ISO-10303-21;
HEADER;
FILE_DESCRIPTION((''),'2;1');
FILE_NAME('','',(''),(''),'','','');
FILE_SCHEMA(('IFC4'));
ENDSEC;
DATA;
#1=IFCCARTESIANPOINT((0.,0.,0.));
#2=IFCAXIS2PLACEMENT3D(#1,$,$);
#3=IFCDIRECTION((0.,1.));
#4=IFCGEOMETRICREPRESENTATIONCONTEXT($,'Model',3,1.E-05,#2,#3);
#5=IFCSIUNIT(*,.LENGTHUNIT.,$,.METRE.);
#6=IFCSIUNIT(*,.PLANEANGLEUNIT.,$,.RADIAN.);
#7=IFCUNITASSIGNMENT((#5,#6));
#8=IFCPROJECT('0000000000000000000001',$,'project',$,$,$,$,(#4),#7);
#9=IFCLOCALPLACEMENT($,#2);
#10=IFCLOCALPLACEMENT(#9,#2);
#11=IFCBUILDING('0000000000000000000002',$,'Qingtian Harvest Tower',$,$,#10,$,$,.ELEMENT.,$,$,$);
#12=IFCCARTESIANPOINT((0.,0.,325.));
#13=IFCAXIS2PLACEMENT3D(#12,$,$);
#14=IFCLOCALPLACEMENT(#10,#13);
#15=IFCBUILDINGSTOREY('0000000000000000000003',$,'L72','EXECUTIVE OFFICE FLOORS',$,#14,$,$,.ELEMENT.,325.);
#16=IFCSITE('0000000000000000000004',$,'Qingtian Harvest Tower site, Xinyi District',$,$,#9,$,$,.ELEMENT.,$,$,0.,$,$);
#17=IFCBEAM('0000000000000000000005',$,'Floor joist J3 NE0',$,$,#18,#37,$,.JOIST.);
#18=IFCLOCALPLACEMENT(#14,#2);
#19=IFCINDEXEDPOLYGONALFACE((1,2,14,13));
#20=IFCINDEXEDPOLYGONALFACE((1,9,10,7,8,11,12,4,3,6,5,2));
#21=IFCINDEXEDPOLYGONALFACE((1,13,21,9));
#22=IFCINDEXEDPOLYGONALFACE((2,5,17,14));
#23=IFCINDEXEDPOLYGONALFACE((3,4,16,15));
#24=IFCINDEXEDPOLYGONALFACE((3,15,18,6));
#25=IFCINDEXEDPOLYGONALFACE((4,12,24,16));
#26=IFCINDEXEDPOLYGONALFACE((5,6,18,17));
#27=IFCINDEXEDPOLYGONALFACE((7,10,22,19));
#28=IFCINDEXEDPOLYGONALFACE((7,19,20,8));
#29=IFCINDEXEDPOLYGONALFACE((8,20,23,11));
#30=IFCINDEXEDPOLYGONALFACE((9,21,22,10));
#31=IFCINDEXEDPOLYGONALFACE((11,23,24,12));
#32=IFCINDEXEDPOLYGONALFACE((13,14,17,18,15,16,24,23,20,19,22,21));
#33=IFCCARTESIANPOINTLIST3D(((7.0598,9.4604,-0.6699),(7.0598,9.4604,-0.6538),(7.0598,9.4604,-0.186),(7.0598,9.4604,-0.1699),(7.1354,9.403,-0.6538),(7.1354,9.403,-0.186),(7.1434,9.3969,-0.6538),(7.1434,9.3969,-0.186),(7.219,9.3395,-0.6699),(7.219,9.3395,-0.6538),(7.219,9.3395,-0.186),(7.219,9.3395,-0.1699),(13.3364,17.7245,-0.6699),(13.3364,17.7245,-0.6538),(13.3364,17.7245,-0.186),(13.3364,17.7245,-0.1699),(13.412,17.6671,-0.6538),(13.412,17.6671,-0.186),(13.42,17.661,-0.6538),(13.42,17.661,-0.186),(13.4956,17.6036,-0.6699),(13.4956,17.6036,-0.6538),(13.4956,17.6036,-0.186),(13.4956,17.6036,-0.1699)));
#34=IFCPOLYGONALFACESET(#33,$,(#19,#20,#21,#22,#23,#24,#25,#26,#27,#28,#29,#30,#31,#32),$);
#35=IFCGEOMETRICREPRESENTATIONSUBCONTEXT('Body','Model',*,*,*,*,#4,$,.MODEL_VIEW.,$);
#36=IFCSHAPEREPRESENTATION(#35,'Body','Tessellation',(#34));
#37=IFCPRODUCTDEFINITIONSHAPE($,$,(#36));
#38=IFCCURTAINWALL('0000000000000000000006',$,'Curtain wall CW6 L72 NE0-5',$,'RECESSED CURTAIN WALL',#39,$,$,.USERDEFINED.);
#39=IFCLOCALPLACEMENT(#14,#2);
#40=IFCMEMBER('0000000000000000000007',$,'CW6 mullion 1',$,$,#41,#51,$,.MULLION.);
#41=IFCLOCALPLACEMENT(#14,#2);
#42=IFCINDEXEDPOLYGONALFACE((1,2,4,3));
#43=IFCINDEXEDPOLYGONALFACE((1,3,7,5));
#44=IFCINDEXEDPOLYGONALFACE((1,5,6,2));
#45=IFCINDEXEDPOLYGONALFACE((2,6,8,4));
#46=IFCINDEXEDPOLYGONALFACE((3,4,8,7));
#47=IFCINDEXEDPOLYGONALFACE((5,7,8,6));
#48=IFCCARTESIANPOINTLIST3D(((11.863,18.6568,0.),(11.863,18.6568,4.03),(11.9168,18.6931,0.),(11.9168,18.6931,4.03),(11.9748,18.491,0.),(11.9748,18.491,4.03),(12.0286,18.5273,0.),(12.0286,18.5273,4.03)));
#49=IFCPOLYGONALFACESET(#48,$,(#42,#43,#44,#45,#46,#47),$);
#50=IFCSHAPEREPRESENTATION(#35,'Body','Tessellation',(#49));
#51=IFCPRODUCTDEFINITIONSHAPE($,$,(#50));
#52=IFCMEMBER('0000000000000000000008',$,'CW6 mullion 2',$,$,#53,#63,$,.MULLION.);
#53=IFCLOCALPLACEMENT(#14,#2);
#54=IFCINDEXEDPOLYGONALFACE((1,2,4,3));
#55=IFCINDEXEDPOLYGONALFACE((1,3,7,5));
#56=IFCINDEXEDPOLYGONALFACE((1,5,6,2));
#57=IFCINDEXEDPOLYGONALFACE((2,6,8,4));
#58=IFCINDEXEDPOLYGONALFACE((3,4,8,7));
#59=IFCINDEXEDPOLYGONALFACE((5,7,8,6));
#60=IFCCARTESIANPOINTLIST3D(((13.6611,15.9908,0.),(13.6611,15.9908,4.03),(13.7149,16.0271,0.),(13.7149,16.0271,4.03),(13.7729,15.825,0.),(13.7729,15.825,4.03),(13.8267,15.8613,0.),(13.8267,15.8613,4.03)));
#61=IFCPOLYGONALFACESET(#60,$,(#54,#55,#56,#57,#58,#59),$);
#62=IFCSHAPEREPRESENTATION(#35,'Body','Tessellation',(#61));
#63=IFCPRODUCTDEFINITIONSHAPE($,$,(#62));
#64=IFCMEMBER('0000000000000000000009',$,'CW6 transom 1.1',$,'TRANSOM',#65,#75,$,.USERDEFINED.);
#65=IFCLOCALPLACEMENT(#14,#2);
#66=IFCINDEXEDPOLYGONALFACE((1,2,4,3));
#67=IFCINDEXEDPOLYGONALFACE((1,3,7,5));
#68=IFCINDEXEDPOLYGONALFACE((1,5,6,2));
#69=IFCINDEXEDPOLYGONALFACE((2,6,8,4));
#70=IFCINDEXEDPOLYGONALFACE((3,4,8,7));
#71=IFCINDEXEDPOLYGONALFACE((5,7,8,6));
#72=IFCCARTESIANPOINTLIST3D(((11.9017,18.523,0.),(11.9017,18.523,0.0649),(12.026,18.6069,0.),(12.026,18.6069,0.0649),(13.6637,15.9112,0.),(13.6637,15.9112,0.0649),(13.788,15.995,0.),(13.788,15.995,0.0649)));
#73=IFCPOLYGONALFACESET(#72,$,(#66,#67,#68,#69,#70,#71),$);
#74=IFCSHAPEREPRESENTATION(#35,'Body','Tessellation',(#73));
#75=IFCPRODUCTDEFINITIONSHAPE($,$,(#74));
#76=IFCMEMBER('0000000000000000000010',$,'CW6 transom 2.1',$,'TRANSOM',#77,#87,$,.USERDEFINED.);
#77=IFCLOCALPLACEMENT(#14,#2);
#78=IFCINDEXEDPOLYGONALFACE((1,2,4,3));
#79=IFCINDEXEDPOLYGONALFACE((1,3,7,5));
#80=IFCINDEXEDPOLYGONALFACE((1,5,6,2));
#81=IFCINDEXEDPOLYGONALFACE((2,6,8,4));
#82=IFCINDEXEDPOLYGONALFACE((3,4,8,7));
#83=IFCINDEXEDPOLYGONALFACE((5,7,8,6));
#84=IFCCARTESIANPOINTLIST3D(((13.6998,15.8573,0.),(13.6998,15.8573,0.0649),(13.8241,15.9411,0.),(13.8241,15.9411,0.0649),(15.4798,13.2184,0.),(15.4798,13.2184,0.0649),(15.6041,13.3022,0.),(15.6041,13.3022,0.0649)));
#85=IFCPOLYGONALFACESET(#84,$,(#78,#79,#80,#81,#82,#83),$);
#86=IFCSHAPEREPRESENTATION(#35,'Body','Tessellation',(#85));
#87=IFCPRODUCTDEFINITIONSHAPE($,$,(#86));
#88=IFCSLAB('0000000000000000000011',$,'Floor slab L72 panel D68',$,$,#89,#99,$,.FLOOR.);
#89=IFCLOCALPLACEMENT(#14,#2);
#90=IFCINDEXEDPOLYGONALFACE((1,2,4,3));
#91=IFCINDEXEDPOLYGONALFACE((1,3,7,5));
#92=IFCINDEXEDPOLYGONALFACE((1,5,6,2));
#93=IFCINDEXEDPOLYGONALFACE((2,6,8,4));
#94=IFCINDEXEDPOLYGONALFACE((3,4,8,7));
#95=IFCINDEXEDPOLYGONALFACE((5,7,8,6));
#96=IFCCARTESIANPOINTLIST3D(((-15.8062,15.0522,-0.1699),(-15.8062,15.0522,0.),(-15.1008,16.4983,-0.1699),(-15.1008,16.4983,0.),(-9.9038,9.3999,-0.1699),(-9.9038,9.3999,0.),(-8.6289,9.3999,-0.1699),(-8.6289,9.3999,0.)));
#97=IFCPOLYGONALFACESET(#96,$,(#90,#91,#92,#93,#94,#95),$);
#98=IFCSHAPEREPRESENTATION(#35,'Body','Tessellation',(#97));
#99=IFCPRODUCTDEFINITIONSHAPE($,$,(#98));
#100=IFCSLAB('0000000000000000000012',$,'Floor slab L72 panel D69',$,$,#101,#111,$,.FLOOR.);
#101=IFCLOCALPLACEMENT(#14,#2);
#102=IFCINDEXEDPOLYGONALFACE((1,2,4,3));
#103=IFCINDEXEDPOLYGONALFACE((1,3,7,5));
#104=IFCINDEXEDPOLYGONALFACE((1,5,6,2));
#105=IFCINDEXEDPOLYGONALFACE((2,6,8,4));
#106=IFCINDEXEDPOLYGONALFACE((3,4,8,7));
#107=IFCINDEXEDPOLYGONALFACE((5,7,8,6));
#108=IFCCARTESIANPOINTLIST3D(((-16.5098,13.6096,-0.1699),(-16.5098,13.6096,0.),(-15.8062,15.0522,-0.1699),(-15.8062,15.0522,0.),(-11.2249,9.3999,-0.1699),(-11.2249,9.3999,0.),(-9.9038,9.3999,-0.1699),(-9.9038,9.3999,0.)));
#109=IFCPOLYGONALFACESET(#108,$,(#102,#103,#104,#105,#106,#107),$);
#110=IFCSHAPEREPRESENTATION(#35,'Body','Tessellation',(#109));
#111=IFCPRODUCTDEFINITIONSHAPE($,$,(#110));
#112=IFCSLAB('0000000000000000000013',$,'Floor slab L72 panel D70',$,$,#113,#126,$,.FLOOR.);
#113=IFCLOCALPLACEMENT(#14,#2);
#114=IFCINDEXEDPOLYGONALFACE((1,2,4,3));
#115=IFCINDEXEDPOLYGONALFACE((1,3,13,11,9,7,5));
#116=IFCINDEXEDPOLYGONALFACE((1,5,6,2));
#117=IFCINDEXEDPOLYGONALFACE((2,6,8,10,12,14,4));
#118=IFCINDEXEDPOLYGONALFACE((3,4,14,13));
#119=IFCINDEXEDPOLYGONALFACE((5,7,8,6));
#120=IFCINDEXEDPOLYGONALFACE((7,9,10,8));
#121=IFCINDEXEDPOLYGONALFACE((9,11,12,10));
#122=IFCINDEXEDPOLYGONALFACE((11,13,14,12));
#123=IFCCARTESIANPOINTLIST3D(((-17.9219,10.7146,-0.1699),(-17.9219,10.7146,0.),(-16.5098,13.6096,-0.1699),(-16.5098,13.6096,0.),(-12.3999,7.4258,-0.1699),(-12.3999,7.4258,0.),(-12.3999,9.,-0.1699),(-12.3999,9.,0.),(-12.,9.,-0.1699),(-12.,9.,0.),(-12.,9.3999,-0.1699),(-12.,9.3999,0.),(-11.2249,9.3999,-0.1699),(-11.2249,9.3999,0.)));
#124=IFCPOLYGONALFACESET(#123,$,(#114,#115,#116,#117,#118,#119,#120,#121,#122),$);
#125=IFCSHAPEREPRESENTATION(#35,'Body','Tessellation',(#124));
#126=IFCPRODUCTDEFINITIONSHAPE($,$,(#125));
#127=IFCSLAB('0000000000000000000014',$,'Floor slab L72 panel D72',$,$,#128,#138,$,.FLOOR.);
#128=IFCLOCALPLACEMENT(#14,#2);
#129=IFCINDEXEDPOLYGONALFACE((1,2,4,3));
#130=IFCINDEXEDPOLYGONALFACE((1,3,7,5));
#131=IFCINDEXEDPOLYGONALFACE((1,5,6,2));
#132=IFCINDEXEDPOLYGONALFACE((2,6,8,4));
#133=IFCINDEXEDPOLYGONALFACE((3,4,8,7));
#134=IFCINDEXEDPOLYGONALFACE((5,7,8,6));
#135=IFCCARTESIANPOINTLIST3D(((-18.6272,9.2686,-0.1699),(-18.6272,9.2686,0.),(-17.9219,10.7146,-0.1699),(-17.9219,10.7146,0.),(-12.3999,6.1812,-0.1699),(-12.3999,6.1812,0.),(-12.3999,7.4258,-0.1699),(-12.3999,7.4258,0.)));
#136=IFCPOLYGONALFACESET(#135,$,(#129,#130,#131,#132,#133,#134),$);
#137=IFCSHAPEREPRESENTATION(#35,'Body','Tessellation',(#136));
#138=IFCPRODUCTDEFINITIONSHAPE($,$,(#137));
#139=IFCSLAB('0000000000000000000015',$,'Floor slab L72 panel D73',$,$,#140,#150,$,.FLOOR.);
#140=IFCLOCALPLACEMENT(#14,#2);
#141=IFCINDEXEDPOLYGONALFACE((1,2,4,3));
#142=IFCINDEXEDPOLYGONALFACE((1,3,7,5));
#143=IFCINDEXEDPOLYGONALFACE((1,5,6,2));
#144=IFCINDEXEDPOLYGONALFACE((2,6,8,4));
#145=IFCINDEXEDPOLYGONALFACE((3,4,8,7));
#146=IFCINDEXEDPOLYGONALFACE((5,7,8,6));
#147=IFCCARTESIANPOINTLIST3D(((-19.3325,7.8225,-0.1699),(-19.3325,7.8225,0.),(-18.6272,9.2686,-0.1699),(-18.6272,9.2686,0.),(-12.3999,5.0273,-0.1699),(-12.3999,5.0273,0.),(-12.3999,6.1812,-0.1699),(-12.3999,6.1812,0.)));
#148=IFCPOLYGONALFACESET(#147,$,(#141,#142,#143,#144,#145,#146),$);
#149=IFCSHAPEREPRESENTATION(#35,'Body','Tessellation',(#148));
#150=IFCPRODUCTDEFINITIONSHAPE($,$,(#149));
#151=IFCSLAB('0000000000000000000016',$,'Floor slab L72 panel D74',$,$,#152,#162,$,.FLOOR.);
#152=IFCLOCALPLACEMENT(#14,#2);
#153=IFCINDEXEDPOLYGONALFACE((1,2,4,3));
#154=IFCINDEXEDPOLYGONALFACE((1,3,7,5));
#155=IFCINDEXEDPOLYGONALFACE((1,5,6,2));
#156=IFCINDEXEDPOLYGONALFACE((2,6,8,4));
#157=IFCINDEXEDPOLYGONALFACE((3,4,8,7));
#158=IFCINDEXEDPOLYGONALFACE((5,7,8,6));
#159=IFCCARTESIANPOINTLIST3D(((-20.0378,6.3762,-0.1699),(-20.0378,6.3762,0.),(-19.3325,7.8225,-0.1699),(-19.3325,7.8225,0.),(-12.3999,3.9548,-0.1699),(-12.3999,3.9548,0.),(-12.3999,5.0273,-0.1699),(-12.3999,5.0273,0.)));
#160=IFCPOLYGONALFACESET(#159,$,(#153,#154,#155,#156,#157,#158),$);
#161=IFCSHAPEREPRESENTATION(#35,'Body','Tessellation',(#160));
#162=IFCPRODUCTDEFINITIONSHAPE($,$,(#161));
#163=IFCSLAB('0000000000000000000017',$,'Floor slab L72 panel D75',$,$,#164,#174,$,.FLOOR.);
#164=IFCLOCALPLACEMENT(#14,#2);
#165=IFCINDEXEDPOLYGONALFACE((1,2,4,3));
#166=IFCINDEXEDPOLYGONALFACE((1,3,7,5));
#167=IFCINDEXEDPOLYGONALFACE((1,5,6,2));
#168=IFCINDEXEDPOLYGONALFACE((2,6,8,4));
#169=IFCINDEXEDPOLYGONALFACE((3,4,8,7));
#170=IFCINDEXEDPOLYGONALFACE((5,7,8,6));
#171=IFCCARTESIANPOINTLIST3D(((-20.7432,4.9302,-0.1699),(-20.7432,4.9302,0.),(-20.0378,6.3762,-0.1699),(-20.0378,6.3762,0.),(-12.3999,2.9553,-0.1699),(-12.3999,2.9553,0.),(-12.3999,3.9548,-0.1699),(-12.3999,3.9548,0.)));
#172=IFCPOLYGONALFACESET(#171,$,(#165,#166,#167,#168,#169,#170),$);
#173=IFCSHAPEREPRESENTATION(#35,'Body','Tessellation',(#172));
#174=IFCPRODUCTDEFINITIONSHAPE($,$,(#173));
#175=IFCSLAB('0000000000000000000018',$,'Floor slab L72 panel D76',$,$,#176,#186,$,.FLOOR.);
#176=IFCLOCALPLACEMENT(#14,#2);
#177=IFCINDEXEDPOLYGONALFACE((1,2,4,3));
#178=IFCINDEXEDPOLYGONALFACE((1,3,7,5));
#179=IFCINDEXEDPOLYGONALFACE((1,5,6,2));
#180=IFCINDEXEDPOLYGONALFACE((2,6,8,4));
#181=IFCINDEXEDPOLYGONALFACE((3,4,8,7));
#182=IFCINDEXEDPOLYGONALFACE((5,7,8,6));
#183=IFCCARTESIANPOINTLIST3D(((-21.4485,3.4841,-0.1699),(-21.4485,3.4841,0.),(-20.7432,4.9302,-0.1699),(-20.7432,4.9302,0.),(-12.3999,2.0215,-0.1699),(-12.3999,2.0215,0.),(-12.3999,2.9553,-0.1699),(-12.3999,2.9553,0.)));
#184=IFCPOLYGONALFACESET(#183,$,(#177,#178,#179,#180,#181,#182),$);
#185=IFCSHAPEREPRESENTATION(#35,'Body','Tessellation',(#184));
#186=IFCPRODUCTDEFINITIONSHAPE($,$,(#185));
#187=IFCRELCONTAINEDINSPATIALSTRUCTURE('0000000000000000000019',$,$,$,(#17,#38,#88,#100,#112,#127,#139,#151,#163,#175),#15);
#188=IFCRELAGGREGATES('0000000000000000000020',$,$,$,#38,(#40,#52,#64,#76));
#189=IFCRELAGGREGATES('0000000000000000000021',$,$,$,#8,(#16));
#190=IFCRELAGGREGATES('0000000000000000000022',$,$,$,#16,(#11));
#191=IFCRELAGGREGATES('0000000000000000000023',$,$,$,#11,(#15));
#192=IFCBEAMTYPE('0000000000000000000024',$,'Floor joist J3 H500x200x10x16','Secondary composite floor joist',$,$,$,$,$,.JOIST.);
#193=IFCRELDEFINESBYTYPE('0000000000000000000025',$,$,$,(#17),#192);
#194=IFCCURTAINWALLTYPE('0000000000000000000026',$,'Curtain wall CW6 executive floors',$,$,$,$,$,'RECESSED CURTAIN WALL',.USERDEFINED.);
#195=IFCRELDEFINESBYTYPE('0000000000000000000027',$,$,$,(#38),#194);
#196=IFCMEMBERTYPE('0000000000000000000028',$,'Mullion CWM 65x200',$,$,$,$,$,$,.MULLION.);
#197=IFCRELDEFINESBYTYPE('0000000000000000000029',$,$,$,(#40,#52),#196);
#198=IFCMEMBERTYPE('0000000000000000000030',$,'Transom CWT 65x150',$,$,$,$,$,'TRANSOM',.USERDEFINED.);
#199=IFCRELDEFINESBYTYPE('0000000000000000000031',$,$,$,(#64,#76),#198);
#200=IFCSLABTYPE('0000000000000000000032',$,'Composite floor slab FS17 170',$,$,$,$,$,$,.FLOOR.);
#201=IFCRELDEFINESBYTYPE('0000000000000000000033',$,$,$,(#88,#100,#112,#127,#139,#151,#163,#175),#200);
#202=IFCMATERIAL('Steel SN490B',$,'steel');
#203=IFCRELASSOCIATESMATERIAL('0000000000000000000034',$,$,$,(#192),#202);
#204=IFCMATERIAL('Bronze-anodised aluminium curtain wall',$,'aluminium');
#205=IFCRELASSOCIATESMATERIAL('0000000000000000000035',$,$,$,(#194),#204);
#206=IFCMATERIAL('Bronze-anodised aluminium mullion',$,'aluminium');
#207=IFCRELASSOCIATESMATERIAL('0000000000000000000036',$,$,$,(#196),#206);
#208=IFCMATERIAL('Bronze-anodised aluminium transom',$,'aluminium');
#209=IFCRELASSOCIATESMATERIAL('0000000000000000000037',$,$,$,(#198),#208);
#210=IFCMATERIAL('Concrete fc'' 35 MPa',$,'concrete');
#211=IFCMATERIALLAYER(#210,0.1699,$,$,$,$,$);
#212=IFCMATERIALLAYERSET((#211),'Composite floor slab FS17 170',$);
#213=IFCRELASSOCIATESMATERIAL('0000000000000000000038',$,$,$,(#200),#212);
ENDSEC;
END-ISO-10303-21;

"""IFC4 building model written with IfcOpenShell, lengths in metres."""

from ifc_helpers import new_model, si_unit, direction, frame, origin, origin_2d, place, context, subcontext, project, spatial, polyline, rectangle, i_section, outline, extrude, material, layer, layer_set, material_profile, profile_set, type_object, element, aggregate, save


model = new_model("IFC4")

# Units and contexts
model_context = context("Model", 3, precision=1e-05, world=origin(), true_north=direction((0.0, 1.0)))
body_context = subcontext(model_context, "Body", "Model", "MODEL_VIEW")
ifc_project = project(units=[si_unit("LENGTHUNIT", "METRE"), si_unit("PLANEANGLEUNIT", "RADIAN")], contexts=[model_context])

# Site, building, storey
site_placement = place(None, origin())
site = spatial("IfcSite", under=ifc_project, at=site_placement, Name="Qingtian Harvest Tower site, Xinyi District", CompositionType="ELEMENT", RefElevation=0.0)
building_placement = place(site_placement, origin())
building = spatial("IfcBuilding", under=site, at=building_placement, Name="Qingtian Harvest Tower", CompositionType="ELEMENT")
storey_placement = place(building_placement, frame((0.0, 0.0, 325.0)))
storey = spatial("IfcBuildingStorey", under=building, at=storey_placement, Name="L72", Description="EXECUTIVE OFFICE FLOORS", CompositionType="ELEMENT", Elevation=325.0)

# Beam
ifc_material_1 = material(Name="Steel SN490B", Category="steel")
ifc_material_profile_1 = material_profile(ifc_material_1, i_section(OverallWidth=0.2, OverallDepth=0.5, WebThickness=0.01, FlangeThickness=0.0161, at=origin_2d()), Name="H500x200x10x16")
ifc_profile_set_1 = profile_set([ifc_material_profile_1], Name="Steel SN490B")
beam_type = type_object("IfcBeamType", Name="Floor joist J3 H500x200x10x16", Description="Secondary composite floor joist", PredefinedType="JOIST", material=ifc_profile_set_1)
beam_placement = place(storey_placement, frame((13.416, 17.6641, -0.4199), z_axis=(-0.60483, -0.796355, 0.0), x_axis=(0.796355, -0.60483, 0.0)))
element("IfcBeam", 1, at=beam_placement, inside=storey, type_object=beam_type, Name="Floor joist J3 NE0", PredefinedType="JOIST", context=body_context, shape_type="SweptSolid", body=[
    extrude(i_section(OverallWidth=0.2, OverallDepth=0.5, WebThickness=0.01, FlangeThickness=0.0161, at=origin_2d()), origin(), (0.0, 0.0, 1.0), 10.3774),
])

# Curtain wall, members
ifc_material_2 = material(Name="Bronze-anodised aluminium curtain wall", Category="aluminium")
curtain_wall_type = type_object("IfcCurtainWallType", Name="Curtain wall CW6 executive floors", ElementType="RECESSED CURTAIN WALL", PredefinedType="USERDEFINED", material=ifc_material_2)
curtain_wall_placement = place(storey_placement, origin())
curtain_wall = element("IfcCurtainWall", 2, at=curtain_wall_placement, inside=storey, type_object=curtain_wall_type, Name="Curtain wall CW6 L72 NE0-5", ObjectType="RECESSED CURTAIN WALL", PredefinedType="USERDEFINED")
ifc_material_3 = material(Name="Bronze-anodised aluminium mullion", Category="aluminium")
ifc_material_profile_2 = material_profile(ifc_material_3, rectangle(XDim=0.0649, YDim=0.2, at=origin_2d()), Name="AL 65x200")
ifc_profile_set_2 = profile_set([ifc_material_profile_2], Name="Bronze-anodised aluminium mullion")
member_type_1 = type_object("IfcMemberType", Name="Mullion CWM 65x200", PredefinedType="MULLION", material=ifc_profile_set_2)
member_1_placement = place(storey_placement, frame((11.9458, 18.592, 0.0), z_axis=(0.0, 0.0, 1.0), x_axis=(0.829038, 0.559193, 0.0)))
member_1 = element("IfcMember", 3, at=member_1_placement, type_object=member_type_1, Name="CW6 mullion 1", PredefinedType="MULLION", context=body_context, shape_type="SweptSolid", body=[
    extrude(rectangle(XDim=0.0649, YDim=0.2, at=origin_2d()), origin(), (0.0, 0.0, 1.0), 4.03),
])
member_2_placement = place(storey_placement, frame((13.7439, 15.926, 0.0), z_axis=(0.0, 0.0, 1.0), x_axis=(0.829038, 0.559193, 0.0)))
member_2 = element("IfcMember", 4, at=member_2_placement, type_object=member_type_1, Name="CW6 mullion 2", PredefinedType="MULLION", context=body_context, shape_type="SweptSolid", body=[
    extrude(rectangle(XDim=0.0649, YDim=0.2, at=origin_2d()), origin(), (0.0, 0.0, 1.0), 4.03),
])
ifc_material_4 = material(Name="Bronze-anodised aluminium transom", Category="aluminium")
ifc_material_profile_3 = material_profile(ifc_material_4, rectangle(XDim=0.1499, YDim=0.0649, at=origin_2d()), Name="AL 65x150")
ifc_profile_set_3 = profile_set([ifc_material_profile_3], Name="Bronze-anodised aluminium transom")
member_type_2 = type_object("IfcMemberType", Name="Transom CWT 65x150", ElementType="TRANSOM", PredefinedType="USERDEFINED", material=ifc_profile_set_3)
member_3_placement = place(storey_placement, frame((11.9639, 18.5649, 0.0325), z_axis=(0.559252, -0.828998, 0.0), x_axis=(0.828998, 0.559252, 0.0)))
member_3 = element("IfcMember", 5, at=member_3_placement, type_object=member_type_2, Name="CW6 transom 1.1", ObjectType="TRANSOM", PredefinedType="USERDEFINED", context=body_context, shape_type="SweptSolid", body=[
    extrude(rectangle(XDim=0.1499, YDim=0.0649, at=origin_2d()), origin(), (0.0, 0.0, 1.0), 3.1506),
])
member_4_placement = place(storey_placement, frame((13.762, 15.8992, 0.0325), z_axis=(0.559205, -0.829029, 0.0), x_axis=(0.829029, 0.559205, 0.0)))
member_4 = element("IfcMember", 6, at=member_4_placement, type_object=member_type_2, Name="CW6 transom 2.1", ObjectType="TRANSOM", PredefinedType="USERDEFINED", context=body_context, shape_type="SweptSolid", body=[
    extrude(rectangle(XDim=0.1499, YDim=0.0649, at=origin_2d()), origin(), (0.0, 0.0, 1.0), 3.1831),
])

# Slabs
ifc_material_5 = material(Name="Concrete fc' 35 MPa", Category="concrete")
ifc_layer_1 = layer(ifc_material_5, 0.1699)
ifc_layer_set_1 = layer_set([ifc_layer_1], Name="Composite floor slab FS17 170")
slab_type = type_object("IfcSlabType", Name="Composite floor slab FS17 170", PredefinedType="FLOOR", material=ifc_layer_set_1)
slab_1_placement = place(storey_placement, frame((0.0, 0.0, -0.1699)))
element("IfcSlab", 7, at=slab_1_placement, inside=storey, type_object=slab_type, Name="Floor slab L72 panel D68", PredefinedType="FLOOR", context=body_context, shape_type="SweptSolid", body=[
    extrude(outline(polyline([(-9.9038, 9.3999), (-15.8062, 15.0522), (-15.1008, 16.4983), (-8.6289, 9.3999), (-9.9038, 9.3999)])), origin(), (0.0, 0.0, 1.0), 0.1699),
])
slab_2_placement = place(storey_placement, frame((0.0, 0.0, -0.1699)))
element("IfcSlab", 8, at=slab_2_placement, inside=storey, type_object=slab_type, Name="Floor slab L72 panel D69", PredefinedType="FLOOR", context=body_context, shape_type="SweptSolid", body=[
    extrude(outline(polyline([(-11.2249, 9.3999), (-16.5098, 13.6096), (-15.8062, 15.0522), (-9.9038, 9.3999), (-11.2249, 9.3999)])), origin(), (0.0, 0.0, 1.0), 0.1699),
])
slab_3_placement = place(storey_placement, frame((0.0, 0.0, -0.1699)))
element("IfcSlab", 9, at=slab_3_placement, inside=storey, type_object=slab_type, Name="Floor slab L72 panel D70", PredefinedType="FLOOR", context=body_context, shape_type="SweptSolid", body=[
    extrude(outline(polyline([(-12.0, 9.0), (-12.3999, 9.0), (-12.3999, 7.4258), (-17.9219, 10.7146), (-16.5098, 13.6096), (-11.2249, 9.3999), (-12.0, 9.3999), (-12.0, 9.0)])), origin(), (0.0, 0.0, 1.0), 0.1699),
])
slab_4_placement = place(storey_placement, frame((0.0, 0.0, -0.1699)))
element("IfcSlab", 10, at=slab_4_placement, inside=storey, type_object=slab_type, Name="Floor slab L72 panel D72", PredefinedType="FLOOR", context=body_context, shape_type="SweptSolid", body=[
    extrude(outline(polyline([(-12.3999, 6.1812), (-18.6272, 9.2686), (-17.9219, 10.7146), (-12.3999, 7.4258), (-12.3999, 6.1812)])), origin(), (0.0, 0.0, 1.0), 0.1699),
])
slab_5_placement = place(storey_placement, frame((0.0, 0.0, -0.1699)))
element("IfcSlab", 11, at=slab_5_placement, inside=storey, type_object=slab_type, Name="Floor slab L72 panel D73", PredefinedType="FLOOR", context=body_context, shape_type="SweptSolid", body=[
    extrude(outline(polyline([(-12.3999, 5.0273), (-19.3325, 7.8225), (-18.6272, 9.2686), (-12.3999, 6.1812), (-12.3999, 5.0273)])), origin(), (0.0, 0.0, 1.0), 0.1699),
])
slab_6_placement = place(storey_placement, frame((0.0, 0.0, -0.1699)))
element("IfcSlab", 12, at=slab_6_placement, inside=storey, type_object=slab_type, Name="Floor slab L72 panel D74", PredefinedType="FLOOR", context=body_context, shape_type="SweptSolid", body=[
    extrude(outline(polyline([(-12.3999, 3.9548), (-20.0378, 6.3762), (-19.3325, 7.8225), (-12.3999, 5.0273), (-12.3999, 3.9548)])), origin(), (0.0, 0.0, 1.0), 0.1699),
])
slab_7_placement = place(storey_placement, frame((0.0, 0.0, -0.1699)))
element("IfcSlab", 13, at=slab_7_placement, inside=storey, type_object=slab_type, Name="Floor slab L72 panel D75", PredefinedType="FLOOR", context=body_context, shape_type="SweptSolid", body=[
    extrude(outline(polyline([(-12.3999, 2.9553), (-20.7432, 4.9302), (-20.0378, 6.3762), (-12.3999, 3.9548), (-12.3999, 2.9553)])), origin(), (0.0, 0.0, 1.0), 0.1699),
])
slab_8_placement = place(storey_placement, frame((0.0, 0.0, -0.1699)))
element("IfcSlab", 14, at=slab_8_placement, inside=storey, type_object=slab_type, Name="Floor slab L72 panel D76", PredefinedType="FLOOR", context=body_context, shape_type="SweptSolid", body=[
    extrude(outline(polyline([(-12.3999, 2.0215), (-21.4485, 3.4841), (-20.7432, 4.9302), (-12.3999, 2.9553), (-12.3999, 2.0215)])), origin(), (0.0, 0.0, 1.0), 0.1699),
])

aggregate(curtain_wall, [member_1, member_2, member_3, member_4])

save(model, "model.ifc")
